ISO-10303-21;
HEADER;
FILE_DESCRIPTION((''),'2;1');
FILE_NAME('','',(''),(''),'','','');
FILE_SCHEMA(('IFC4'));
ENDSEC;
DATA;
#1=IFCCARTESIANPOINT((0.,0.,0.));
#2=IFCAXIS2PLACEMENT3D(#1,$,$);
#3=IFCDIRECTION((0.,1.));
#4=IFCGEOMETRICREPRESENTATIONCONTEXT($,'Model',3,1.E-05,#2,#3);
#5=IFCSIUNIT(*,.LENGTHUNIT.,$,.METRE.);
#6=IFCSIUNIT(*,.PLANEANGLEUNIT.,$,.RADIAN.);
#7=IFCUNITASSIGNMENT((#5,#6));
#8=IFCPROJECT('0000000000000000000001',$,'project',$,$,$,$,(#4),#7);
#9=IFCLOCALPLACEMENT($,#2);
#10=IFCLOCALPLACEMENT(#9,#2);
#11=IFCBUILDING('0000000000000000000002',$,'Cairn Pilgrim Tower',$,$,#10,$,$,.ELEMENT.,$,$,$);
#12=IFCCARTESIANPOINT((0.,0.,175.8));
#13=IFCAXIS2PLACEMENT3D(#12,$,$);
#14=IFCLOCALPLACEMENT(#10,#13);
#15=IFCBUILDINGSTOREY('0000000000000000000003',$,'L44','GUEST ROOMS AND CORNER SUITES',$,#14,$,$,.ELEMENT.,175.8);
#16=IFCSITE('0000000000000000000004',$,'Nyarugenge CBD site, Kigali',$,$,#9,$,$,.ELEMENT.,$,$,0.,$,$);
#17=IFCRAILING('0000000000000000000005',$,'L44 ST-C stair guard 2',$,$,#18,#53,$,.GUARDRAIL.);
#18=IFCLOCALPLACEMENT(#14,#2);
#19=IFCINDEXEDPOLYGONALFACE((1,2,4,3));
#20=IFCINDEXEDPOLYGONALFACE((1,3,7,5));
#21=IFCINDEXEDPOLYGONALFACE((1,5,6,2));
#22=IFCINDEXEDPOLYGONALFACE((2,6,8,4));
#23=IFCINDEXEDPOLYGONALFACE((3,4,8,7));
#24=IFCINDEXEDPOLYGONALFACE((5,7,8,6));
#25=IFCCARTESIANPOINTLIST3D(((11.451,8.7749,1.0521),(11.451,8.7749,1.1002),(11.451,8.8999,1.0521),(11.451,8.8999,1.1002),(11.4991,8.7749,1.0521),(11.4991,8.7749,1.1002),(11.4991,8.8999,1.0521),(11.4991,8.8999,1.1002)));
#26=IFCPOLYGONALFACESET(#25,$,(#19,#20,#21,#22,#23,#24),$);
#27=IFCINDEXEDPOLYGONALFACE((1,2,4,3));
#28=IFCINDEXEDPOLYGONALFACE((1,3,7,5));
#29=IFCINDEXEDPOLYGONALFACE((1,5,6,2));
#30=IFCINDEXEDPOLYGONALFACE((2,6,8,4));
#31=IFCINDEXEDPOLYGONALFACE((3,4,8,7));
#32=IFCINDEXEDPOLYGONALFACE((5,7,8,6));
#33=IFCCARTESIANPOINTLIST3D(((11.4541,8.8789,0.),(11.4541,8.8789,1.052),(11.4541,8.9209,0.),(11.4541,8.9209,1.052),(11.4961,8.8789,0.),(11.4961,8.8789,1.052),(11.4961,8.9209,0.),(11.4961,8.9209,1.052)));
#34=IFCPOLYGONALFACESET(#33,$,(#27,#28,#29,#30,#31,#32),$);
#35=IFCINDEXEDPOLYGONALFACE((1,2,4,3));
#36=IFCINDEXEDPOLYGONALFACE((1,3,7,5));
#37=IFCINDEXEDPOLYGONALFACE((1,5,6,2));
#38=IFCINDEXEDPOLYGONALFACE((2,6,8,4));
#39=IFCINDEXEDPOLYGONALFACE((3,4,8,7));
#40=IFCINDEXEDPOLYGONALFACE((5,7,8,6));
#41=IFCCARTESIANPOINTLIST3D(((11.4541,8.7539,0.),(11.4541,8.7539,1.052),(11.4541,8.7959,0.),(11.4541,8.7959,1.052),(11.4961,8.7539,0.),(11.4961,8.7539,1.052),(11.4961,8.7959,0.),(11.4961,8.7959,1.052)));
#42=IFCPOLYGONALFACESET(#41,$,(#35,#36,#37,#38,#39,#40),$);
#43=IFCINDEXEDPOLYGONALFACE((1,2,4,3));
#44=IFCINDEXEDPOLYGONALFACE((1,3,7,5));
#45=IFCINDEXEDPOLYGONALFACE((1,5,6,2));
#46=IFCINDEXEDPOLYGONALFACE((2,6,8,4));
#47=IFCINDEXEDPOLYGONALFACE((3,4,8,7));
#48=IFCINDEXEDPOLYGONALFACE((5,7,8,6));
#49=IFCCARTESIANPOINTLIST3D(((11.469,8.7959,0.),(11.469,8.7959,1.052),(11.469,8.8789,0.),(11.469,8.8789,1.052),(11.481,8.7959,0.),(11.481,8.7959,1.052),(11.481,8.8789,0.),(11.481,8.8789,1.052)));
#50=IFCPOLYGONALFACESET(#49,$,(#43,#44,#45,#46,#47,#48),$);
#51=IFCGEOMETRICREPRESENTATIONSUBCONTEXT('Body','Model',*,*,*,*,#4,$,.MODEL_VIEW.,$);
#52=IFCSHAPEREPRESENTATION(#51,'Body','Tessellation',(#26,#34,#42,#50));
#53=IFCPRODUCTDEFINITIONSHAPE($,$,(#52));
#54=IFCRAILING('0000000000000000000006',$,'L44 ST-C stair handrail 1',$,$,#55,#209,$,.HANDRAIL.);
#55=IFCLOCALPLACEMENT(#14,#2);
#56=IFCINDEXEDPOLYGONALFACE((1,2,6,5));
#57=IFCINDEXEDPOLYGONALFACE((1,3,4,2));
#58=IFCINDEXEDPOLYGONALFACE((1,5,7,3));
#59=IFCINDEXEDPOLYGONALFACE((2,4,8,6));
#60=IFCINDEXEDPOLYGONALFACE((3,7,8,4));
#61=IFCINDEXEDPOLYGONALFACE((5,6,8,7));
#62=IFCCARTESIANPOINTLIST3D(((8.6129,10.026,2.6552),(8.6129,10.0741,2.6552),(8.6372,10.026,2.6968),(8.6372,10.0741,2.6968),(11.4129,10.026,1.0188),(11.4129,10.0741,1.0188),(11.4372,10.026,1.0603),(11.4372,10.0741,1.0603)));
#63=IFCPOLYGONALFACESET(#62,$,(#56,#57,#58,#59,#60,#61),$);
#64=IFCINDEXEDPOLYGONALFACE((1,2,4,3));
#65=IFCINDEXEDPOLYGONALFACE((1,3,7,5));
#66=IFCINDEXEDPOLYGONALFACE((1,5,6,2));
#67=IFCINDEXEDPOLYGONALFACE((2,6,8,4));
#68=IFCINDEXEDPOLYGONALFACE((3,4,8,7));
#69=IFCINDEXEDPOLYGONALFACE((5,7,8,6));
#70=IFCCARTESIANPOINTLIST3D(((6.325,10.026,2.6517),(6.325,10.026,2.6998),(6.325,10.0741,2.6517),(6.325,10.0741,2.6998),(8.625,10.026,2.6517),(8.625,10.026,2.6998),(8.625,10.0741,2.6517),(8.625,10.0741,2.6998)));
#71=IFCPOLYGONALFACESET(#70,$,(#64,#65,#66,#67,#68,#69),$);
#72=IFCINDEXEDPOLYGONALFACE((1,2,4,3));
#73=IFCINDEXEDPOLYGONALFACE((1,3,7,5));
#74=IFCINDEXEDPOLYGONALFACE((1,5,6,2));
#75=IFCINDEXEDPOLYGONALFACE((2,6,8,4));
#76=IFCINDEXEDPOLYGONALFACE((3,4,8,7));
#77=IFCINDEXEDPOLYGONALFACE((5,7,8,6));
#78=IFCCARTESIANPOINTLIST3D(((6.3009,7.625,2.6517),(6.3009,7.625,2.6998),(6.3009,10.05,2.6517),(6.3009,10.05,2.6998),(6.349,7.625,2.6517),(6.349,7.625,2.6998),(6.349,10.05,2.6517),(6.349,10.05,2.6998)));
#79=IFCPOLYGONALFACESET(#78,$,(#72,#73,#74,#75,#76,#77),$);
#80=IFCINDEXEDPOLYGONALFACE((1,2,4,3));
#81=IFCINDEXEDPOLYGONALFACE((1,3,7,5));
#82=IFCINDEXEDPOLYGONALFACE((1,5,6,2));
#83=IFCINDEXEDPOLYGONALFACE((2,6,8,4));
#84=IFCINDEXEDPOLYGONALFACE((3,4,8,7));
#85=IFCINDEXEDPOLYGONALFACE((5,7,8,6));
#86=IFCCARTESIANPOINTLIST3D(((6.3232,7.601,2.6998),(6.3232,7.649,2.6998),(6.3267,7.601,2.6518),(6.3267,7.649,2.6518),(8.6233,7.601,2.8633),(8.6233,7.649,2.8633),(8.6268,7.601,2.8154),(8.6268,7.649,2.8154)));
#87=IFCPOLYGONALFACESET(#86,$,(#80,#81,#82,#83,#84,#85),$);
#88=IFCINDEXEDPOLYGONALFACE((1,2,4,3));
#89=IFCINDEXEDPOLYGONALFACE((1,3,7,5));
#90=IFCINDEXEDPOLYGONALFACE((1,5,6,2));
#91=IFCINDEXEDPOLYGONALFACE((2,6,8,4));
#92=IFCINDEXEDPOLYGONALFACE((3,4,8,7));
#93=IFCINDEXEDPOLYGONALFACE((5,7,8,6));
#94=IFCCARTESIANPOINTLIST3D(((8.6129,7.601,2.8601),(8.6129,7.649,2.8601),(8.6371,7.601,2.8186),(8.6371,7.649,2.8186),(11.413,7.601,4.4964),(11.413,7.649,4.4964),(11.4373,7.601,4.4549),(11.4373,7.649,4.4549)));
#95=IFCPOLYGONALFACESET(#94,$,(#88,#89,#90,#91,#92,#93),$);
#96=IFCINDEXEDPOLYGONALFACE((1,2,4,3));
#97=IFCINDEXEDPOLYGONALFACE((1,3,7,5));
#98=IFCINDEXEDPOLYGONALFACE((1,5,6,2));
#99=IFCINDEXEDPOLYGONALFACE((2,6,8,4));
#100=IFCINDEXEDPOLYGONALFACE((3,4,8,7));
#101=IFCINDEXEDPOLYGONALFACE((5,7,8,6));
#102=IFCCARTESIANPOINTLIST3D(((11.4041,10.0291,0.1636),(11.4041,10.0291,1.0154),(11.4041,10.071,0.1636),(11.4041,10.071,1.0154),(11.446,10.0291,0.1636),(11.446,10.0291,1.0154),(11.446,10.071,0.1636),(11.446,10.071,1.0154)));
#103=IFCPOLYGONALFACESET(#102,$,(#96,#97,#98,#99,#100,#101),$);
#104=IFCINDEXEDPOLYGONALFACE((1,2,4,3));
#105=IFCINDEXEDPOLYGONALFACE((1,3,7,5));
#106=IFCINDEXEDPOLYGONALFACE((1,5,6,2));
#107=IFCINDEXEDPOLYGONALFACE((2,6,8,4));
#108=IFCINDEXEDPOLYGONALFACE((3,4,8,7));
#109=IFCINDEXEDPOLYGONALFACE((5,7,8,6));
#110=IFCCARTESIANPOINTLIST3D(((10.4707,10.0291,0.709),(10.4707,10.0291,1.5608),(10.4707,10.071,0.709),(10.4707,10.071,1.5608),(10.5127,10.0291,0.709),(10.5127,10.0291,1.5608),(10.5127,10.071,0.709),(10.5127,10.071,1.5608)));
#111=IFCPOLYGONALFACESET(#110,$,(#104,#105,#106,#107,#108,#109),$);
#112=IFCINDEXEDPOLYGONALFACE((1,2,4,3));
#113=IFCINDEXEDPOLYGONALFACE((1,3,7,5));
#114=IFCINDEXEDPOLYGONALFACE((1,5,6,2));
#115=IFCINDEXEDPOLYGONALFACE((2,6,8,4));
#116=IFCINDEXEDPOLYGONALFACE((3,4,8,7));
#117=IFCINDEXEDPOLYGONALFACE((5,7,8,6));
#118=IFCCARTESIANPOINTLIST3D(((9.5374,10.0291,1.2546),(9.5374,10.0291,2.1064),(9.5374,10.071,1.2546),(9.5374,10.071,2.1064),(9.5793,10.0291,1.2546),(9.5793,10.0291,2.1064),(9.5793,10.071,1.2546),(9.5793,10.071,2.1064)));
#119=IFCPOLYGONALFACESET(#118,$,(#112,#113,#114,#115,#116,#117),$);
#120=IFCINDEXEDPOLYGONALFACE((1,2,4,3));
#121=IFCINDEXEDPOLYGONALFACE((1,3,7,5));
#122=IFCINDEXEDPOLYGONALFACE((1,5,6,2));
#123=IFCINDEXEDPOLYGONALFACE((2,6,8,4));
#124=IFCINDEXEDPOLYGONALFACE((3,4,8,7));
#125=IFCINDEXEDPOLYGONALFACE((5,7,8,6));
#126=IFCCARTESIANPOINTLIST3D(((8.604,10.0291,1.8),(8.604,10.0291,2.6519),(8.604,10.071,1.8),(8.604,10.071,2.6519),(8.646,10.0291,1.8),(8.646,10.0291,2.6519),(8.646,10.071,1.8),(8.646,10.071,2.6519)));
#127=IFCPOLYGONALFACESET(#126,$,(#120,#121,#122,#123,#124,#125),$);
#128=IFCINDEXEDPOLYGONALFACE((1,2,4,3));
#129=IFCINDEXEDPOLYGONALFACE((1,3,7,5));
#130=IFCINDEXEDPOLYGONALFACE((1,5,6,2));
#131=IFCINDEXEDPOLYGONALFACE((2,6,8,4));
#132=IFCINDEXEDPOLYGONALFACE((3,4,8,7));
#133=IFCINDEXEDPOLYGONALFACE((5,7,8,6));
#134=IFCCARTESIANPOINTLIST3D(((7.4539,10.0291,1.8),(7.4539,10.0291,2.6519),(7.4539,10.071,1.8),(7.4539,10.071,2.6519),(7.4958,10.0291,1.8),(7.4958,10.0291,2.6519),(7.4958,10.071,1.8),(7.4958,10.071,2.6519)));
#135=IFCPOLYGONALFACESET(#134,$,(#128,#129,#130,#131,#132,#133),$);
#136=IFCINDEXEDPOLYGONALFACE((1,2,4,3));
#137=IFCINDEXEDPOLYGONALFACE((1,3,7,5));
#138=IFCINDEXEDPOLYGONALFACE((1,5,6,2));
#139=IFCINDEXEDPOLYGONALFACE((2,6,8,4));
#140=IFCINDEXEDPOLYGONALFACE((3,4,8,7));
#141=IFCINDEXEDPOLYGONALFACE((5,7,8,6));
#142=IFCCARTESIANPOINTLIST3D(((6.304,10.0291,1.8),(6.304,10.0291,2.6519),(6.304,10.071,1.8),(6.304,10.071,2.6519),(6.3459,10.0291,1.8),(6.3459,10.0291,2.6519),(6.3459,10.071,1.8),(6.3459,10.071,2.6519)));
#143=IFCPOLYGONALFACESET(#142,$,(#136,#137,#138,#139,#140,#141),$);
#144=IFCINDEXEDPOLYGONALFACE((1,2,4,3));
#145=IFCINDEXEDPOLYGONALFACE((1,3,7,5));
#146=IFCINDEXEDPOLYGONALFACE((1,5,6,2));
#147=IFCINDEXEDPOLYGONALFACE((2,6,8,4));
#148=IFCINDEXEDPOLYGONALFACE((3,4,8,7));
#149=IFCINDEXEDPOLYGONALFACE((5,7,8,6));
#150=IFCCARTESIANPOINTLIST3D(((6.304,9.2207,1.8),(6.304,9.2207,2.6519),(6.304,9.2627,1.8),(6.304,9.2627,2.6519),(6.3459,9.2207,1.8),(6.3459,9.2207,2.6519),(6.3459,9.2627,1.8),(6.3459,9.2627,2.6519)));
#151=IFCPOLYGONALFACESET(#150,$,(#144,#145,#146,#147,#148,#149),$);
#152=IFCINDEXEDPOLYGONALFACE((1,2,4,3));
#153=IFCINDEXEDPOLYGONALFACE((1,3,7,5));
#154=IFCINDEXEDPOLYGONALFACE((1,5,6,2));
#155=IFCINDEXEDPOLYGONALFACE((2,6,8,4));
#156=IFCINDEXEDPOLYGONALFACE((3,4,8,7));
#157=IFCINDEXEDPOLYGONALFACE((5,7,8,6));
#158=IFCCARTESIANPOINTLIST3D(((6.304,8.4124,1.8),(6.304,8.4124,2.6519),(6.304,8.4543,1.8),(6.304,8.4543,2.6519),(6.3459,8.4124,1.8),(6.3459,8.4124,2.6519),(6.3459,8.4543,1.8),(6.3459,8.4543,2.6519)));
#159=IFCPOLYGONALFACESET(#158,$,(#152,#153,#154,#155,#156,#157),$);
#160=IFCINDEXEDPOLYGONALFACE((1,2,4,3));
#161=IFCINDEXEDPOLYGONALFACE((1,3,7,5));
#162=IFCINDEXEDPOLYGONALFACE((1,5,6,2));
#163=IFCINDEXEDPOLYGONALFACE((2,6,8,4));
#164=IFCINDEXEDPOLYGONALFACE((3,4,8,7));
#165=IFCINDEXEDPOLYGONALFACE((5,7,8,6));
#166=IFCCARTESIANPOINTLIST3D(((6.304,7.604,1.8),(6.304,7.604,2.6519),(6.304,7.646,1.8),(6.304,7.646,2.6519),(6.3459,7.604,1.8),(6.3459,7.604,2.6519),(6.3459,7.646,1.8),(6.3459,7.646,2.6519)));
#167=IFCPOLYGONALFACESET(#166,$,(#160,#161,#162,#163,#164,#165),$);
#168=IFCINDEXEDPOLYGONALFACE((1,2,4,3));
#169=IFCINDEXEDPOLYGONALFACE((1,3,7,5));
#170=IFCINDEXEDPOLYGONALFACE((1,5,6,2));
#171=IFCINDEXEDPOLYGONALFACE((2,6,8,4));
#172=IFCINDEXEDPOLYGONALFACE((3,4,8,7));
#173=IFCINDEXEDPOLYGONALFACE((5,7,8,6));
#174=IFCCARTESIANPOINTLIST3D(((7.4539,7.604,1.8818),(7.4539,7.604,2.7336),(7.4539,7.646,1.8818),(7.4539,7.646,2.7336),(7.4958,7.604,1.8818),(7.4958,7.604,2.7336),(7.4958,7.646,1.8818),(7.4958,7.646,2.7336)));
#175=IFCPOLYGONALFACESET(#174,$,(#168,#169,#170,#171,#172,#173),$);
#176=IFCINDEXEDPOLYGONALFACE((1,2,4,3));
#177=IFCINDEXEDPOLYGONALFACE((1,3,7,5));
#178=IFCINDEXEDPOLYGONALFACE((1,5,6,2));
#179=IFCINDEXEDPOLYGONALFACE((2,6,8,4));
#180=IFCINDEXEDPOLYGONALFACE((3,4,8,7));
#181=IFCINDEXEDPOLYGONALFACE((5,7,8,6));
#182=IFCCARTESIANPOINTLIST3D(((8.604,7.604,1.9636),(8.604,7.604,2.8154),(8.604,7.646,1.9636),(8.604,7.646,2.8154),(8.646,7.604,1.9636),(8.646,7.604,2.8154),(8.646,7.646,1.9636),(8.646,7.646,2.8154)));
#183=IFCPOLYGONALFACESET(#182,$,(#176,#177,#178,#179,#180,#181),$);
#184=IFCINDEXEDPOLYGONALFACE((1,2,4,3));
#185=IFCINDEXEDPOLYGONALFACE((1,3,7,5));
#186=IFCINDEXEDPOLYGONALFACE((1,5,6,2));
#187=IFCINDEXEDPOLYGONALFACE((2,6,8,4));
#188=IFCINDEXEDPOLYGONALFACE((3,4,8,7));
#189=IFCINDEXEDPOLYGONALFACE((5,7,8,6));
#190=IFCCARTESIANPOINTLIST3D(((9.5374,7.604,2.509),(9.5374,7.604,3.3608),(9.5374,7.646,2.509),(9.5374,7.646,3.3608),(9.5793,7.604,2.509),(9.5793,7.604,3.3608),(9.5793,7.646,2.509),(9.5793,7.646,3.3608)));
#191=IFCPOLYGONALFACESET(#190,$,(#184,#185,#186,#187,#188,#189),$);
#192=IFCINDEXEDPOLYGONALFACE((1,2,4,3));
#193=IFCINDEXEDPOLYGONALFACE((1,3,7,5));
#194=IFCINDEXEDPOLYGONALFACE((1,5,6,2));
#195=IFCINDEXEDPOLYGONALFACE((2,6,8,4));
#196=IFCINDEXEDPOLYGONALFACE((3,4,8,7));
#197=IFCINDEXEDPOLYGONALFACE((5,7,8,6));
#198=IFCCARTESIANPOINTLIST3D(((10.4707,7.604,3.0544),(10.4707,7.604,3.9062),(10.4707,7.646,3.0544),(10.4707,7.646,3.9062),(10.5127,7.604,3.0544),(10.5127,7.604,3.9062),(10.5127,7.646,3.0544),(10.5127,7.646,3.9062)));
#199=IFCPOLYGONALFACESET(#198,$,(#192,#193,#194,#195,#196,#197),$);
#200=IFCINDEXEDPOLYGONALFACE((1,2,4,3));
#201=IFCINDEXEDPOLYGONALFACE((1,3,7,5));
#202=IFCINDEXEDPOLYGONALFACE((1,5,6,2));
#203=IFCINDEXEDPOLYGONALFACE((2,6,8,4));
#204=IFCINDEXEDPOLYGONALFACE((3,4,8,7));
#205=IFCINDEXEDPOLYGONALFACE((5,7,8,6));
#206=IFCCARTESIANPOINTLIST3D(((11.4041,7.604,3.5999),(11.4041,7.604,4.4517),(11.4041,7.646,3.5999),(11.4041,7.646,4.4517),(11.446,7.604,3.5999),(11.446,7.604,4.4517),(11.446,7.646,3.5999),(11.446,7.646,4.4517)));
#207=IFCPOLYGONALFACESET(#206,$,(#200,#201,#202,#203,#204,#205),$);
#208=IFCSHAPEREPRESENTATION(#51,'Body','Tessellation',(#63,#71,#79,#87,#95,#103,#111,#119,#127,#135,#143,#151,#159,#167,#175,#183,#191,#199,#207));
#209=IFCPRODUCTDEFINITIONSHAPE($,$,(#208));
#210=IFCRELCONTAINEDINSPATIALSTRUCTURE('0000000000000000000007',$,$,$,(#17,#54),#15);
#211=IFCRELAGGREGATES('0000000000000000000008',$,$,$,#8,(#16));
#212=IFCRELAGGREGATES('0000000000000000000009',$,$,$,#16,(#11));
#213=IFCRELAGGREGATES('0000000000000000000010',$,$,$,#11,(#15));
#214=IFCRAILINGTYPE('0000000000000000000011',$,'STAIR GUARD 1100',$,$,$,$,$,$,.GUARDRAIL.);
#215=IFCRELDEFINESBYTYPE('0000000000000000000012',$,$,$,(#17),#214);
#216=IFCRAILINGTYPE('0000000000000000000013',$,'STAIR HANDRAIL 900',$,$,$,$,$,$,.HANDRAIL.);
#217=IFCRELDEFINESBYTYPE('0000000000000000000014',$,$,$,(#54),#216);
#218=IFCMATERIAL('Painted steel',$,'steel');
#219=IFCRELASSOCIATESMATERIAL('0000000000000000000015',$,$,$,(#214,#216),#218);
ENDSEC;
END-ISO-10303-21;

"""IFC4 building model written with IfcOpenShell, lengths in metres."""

from ifc_helpers import new_model, si_unit, direction, frame, origin, origin_2d, place, context, subcontext, project, spatial, polyline, rectangle, outline, extrude, material, type_object, element, save


model = new_model("IFC4")

# Units and contexts
model_context = context("Model", 3, precision=1e-05, world=origin(), true_north=direction((0.0, 1.0)))
body_context = subcontext(model_context, "Body", "Model", "MODEL_VIEW")
ifc_project = project(units=[si_unit("LENGTHUNIT", "METRE"), si_unit("PLANEANGLEUNIT", "RADIAN")], contexts=[model_context])

# Site, building, storey
site_placement = place(None, origin())
site = spatial("IfcSite", under=ifc_project, at=site_placement, Name="Nyarugenge CBD site, Kigali", CompositionType="ELEMENT", RefElevation=0.0)
building_placement = place(site_placement, origin())
building = spatial("IfcBuilding", under=site, at=building_placement, Name="Cairn Pilgrim Tower", CompositionType="ELEMENT")
storey_placement = place(building_placement, frame((0.0, 0.0, 175.8)))
storey = spatial("IfcBuildingStorey", under=building, at=storey_placement, Name="L44", Description="GUEST ROOMS AND CORNER SUITES", CompositionType="ELEMENT", Elevation=175.8)

# Shared definitions
ifc_material_1 = material(Name="Painted steel", Category="steel")

# Railings
railing_type_1 = type_object("IfcRailingType", Name="STAIR GUARD 1100", PredefinedType="GUARDRAIL", material=ifc_material_1)
railing_1_placement = place(storey_placement, frame((11.4751, 8.8999, 0.0)))
element("IfcRailing", 1, at=railing_1_placement, inside=storey, type_object=railing_type_1, Name="L44 ST-C stair guard 2", PredefinedType="GUARDRAIL", context=body_context, shape_type="SweptSolid", body=[
    extrude(rectangle(XDim=0.0481, YDim=0.0481, at=origin_2d()), frame((0.0, 0.0, 1.0762), z_axis=(0.0, -1.0, 0.0), x_axis=(1.0, 0.0, 0.0)), (0.0, 0.0, 1.0), 0.125),
    extrude(rectangle(XDim=0.042, YDim=0.042, at=origin_2d()), origin(), (0.0, 0.0, 1.0), 1.052),
    extrude(rectangle(XDim=0.042, YDim=0.042, at=origin_2d()), frame((0.0, -0.125, 0.0)), (0.0, 0.0, 1.0), 1.052),
    extrude(outline(polyline([(0.021, 0.0), (0.104, 0.0), (0.104, 1.052), (0.021, 1.052), (0.021, 0.0)])), frame((0.0059, 0.0, 0.0), z_axis=(-1.0, 0.0, 0.0), x_axis=(0.0, -1.0, 0.0)), (0.0, 0.0, 1.0), 0.012),
])
railing_type_2 = type_object("IfcRailingType", Name="STAIR HANDRAIL 900", PredefinedType="HANDRAIL", material=ifc_material_1)
railing_2_placement = place(storey_placement, frame((11.425, 10.05, 0.1636)))
element("IfcRailing", 2, at=railing_2_placement, inside=storey, type_object=railing_type_2, Name="L44 ST-C stair handrail 1", PredefinedType="HANDRAIL", context=body_context, shape_type="SweptSolid", body=[
    extrude(rectangle(XDim=0.0481, YDim=0.0481, at=origin_2d()), frame((0.0, 0.0, 0.876), z_axis=(-0.863361, 0.0, 0.504587), x_axis=(0.0, -1.0, 0.0)), (0.0, 0.0, 1.0), 3.2432),
    extrude(rectangle(XDim=0.0481, YDim=0.0481, at=origin_2d()), frame((-2.8, 0.0, 2.5122), z_axis=(-1.0, 0.0, 0.0), x_axis=(0.0, -1.0, 0.0)), (0.0, 0.0, 1.0), 2.3),
    extrude(rectangle(XDim=0.0481, YDim=0.0481, at=origin_2d()), frame((-5.1001, 0.0, 2.5122), z_axis=(0.0, -1.0, 0.0), x_axis=(1.0, 0.0, 0.0)), (0.0, 0.0, 1.0), 2.425),
    extrude(rectangle(XDim=0.0481, YDim=0.0481, at=origin_2d()), frame((-5.1001, -2.425, 2.5122), z_axis=(0.997481, 0.0, 0.070939), x_axis=(0.0, 1.0, 0.0)), (0.0, 0.0, 1.0), 2.3059),
    extrude(rectangle(XDim=0.0481, YDim=0.0481, at=origin_2d()), frame((-2.8, -2.425, 2.6758), z_axis=(0.863394, 0.0, 0.504531), x_axis=(0.0, 1.0, 0.0)), (0.0, 0.0, 1.0), 3.2432),
    extrude(rectangle(XDim=0.042, YDim=0.042, at=origin_2d()), origin(), (0.0, 0.0, 1.0), 0.8518),
    extrude(rectangle(XDim=0.042, YDim=0.042, at=origin_2d()), frame((-0.9333, 0.0, 0.5454)), (0.0, 0.0, 1.0), 0.8518),
    extrude(rectangle(XDim=0.042, YDim=0.042, at=origin_2d()), frame((-1.8667, 0.0, 1.0911)), (0.0, 0.0, 1.0), 0.8518),
    extrude(rectangle(XDim=0.042, YDim=0.042, at=origin_2d()), frame((-2.8, 0.0, 1.6365)), (0.0, 0.0, 1.0), 0.8518),
    extrude(rectangle(XDim=0.042, YDim=0.042, at=origin_2d()), frame((-3.9502, 0.0, 1.6365)), (0.0, 0.0, 1.0), 0.8518),
    extrude(rectangle(XDim=0.042, YDim=0.042, at=origin_2d()), frame((-5.1001, 0.0, 1.6365)), (0.0, 0.0, 1.0), 0.8518),
    extrude(rectangle(XDim=0.042, YDim=0.042, at=origin_2d()), frame((-5.1001, -0.8083, 1.6365)), (0.0, 0.0, 1.0), 0.8518),
    extrude(rectangle(XDim=0.042, YDim=0.042, at=origin_2d()), frame((-5.1001, -1.6167, 1.6365)), (0.0, 0.0, 1.0), 0.8518),
    extrude(rectangle(XDim=0.042, YDim=0.042, at=origin_2d()), frame((-5.1001, -2.425, 1.6365)), (0.0, 0.0, 1.0), 0.8518),
    extrude(rectangle(XDim=0.042, YDim=0.042, at=origin_2d()), frame((-3.9502, -2.425, 1.7183)), (0.0, 0.0, 1.0), 0.8518),
    extrude(rectangle(XDim=0.042, YDim=0.042, at=origin_2d()), frame((-2.8, -2.425, 1.8)), (0.0, 0.0, 1.0), 0.8518),
    extrude(rectangle(XDim=0.042, YDim=0.042, at=origin_2d()), frame((-1.8667, -2.425, 2.3455)), (0.0, 0.0, 1.0), 0.8518),
    extrude(rectangle(XDim=0.042, YDim=0.042, at=origin_2d()), frame((-0.9333, -2.425, 2.8909)), (0.0, 0.0, 1.0), 0.8518),
    extrude(rectangle(XDim=0.042, YDim=0.042, at=origin_2d()), frame((0.0, -2.425, 3.4363)), (0.0, 0.0, 1.0), 0.8518),
])

save(model, "model.ifc")
